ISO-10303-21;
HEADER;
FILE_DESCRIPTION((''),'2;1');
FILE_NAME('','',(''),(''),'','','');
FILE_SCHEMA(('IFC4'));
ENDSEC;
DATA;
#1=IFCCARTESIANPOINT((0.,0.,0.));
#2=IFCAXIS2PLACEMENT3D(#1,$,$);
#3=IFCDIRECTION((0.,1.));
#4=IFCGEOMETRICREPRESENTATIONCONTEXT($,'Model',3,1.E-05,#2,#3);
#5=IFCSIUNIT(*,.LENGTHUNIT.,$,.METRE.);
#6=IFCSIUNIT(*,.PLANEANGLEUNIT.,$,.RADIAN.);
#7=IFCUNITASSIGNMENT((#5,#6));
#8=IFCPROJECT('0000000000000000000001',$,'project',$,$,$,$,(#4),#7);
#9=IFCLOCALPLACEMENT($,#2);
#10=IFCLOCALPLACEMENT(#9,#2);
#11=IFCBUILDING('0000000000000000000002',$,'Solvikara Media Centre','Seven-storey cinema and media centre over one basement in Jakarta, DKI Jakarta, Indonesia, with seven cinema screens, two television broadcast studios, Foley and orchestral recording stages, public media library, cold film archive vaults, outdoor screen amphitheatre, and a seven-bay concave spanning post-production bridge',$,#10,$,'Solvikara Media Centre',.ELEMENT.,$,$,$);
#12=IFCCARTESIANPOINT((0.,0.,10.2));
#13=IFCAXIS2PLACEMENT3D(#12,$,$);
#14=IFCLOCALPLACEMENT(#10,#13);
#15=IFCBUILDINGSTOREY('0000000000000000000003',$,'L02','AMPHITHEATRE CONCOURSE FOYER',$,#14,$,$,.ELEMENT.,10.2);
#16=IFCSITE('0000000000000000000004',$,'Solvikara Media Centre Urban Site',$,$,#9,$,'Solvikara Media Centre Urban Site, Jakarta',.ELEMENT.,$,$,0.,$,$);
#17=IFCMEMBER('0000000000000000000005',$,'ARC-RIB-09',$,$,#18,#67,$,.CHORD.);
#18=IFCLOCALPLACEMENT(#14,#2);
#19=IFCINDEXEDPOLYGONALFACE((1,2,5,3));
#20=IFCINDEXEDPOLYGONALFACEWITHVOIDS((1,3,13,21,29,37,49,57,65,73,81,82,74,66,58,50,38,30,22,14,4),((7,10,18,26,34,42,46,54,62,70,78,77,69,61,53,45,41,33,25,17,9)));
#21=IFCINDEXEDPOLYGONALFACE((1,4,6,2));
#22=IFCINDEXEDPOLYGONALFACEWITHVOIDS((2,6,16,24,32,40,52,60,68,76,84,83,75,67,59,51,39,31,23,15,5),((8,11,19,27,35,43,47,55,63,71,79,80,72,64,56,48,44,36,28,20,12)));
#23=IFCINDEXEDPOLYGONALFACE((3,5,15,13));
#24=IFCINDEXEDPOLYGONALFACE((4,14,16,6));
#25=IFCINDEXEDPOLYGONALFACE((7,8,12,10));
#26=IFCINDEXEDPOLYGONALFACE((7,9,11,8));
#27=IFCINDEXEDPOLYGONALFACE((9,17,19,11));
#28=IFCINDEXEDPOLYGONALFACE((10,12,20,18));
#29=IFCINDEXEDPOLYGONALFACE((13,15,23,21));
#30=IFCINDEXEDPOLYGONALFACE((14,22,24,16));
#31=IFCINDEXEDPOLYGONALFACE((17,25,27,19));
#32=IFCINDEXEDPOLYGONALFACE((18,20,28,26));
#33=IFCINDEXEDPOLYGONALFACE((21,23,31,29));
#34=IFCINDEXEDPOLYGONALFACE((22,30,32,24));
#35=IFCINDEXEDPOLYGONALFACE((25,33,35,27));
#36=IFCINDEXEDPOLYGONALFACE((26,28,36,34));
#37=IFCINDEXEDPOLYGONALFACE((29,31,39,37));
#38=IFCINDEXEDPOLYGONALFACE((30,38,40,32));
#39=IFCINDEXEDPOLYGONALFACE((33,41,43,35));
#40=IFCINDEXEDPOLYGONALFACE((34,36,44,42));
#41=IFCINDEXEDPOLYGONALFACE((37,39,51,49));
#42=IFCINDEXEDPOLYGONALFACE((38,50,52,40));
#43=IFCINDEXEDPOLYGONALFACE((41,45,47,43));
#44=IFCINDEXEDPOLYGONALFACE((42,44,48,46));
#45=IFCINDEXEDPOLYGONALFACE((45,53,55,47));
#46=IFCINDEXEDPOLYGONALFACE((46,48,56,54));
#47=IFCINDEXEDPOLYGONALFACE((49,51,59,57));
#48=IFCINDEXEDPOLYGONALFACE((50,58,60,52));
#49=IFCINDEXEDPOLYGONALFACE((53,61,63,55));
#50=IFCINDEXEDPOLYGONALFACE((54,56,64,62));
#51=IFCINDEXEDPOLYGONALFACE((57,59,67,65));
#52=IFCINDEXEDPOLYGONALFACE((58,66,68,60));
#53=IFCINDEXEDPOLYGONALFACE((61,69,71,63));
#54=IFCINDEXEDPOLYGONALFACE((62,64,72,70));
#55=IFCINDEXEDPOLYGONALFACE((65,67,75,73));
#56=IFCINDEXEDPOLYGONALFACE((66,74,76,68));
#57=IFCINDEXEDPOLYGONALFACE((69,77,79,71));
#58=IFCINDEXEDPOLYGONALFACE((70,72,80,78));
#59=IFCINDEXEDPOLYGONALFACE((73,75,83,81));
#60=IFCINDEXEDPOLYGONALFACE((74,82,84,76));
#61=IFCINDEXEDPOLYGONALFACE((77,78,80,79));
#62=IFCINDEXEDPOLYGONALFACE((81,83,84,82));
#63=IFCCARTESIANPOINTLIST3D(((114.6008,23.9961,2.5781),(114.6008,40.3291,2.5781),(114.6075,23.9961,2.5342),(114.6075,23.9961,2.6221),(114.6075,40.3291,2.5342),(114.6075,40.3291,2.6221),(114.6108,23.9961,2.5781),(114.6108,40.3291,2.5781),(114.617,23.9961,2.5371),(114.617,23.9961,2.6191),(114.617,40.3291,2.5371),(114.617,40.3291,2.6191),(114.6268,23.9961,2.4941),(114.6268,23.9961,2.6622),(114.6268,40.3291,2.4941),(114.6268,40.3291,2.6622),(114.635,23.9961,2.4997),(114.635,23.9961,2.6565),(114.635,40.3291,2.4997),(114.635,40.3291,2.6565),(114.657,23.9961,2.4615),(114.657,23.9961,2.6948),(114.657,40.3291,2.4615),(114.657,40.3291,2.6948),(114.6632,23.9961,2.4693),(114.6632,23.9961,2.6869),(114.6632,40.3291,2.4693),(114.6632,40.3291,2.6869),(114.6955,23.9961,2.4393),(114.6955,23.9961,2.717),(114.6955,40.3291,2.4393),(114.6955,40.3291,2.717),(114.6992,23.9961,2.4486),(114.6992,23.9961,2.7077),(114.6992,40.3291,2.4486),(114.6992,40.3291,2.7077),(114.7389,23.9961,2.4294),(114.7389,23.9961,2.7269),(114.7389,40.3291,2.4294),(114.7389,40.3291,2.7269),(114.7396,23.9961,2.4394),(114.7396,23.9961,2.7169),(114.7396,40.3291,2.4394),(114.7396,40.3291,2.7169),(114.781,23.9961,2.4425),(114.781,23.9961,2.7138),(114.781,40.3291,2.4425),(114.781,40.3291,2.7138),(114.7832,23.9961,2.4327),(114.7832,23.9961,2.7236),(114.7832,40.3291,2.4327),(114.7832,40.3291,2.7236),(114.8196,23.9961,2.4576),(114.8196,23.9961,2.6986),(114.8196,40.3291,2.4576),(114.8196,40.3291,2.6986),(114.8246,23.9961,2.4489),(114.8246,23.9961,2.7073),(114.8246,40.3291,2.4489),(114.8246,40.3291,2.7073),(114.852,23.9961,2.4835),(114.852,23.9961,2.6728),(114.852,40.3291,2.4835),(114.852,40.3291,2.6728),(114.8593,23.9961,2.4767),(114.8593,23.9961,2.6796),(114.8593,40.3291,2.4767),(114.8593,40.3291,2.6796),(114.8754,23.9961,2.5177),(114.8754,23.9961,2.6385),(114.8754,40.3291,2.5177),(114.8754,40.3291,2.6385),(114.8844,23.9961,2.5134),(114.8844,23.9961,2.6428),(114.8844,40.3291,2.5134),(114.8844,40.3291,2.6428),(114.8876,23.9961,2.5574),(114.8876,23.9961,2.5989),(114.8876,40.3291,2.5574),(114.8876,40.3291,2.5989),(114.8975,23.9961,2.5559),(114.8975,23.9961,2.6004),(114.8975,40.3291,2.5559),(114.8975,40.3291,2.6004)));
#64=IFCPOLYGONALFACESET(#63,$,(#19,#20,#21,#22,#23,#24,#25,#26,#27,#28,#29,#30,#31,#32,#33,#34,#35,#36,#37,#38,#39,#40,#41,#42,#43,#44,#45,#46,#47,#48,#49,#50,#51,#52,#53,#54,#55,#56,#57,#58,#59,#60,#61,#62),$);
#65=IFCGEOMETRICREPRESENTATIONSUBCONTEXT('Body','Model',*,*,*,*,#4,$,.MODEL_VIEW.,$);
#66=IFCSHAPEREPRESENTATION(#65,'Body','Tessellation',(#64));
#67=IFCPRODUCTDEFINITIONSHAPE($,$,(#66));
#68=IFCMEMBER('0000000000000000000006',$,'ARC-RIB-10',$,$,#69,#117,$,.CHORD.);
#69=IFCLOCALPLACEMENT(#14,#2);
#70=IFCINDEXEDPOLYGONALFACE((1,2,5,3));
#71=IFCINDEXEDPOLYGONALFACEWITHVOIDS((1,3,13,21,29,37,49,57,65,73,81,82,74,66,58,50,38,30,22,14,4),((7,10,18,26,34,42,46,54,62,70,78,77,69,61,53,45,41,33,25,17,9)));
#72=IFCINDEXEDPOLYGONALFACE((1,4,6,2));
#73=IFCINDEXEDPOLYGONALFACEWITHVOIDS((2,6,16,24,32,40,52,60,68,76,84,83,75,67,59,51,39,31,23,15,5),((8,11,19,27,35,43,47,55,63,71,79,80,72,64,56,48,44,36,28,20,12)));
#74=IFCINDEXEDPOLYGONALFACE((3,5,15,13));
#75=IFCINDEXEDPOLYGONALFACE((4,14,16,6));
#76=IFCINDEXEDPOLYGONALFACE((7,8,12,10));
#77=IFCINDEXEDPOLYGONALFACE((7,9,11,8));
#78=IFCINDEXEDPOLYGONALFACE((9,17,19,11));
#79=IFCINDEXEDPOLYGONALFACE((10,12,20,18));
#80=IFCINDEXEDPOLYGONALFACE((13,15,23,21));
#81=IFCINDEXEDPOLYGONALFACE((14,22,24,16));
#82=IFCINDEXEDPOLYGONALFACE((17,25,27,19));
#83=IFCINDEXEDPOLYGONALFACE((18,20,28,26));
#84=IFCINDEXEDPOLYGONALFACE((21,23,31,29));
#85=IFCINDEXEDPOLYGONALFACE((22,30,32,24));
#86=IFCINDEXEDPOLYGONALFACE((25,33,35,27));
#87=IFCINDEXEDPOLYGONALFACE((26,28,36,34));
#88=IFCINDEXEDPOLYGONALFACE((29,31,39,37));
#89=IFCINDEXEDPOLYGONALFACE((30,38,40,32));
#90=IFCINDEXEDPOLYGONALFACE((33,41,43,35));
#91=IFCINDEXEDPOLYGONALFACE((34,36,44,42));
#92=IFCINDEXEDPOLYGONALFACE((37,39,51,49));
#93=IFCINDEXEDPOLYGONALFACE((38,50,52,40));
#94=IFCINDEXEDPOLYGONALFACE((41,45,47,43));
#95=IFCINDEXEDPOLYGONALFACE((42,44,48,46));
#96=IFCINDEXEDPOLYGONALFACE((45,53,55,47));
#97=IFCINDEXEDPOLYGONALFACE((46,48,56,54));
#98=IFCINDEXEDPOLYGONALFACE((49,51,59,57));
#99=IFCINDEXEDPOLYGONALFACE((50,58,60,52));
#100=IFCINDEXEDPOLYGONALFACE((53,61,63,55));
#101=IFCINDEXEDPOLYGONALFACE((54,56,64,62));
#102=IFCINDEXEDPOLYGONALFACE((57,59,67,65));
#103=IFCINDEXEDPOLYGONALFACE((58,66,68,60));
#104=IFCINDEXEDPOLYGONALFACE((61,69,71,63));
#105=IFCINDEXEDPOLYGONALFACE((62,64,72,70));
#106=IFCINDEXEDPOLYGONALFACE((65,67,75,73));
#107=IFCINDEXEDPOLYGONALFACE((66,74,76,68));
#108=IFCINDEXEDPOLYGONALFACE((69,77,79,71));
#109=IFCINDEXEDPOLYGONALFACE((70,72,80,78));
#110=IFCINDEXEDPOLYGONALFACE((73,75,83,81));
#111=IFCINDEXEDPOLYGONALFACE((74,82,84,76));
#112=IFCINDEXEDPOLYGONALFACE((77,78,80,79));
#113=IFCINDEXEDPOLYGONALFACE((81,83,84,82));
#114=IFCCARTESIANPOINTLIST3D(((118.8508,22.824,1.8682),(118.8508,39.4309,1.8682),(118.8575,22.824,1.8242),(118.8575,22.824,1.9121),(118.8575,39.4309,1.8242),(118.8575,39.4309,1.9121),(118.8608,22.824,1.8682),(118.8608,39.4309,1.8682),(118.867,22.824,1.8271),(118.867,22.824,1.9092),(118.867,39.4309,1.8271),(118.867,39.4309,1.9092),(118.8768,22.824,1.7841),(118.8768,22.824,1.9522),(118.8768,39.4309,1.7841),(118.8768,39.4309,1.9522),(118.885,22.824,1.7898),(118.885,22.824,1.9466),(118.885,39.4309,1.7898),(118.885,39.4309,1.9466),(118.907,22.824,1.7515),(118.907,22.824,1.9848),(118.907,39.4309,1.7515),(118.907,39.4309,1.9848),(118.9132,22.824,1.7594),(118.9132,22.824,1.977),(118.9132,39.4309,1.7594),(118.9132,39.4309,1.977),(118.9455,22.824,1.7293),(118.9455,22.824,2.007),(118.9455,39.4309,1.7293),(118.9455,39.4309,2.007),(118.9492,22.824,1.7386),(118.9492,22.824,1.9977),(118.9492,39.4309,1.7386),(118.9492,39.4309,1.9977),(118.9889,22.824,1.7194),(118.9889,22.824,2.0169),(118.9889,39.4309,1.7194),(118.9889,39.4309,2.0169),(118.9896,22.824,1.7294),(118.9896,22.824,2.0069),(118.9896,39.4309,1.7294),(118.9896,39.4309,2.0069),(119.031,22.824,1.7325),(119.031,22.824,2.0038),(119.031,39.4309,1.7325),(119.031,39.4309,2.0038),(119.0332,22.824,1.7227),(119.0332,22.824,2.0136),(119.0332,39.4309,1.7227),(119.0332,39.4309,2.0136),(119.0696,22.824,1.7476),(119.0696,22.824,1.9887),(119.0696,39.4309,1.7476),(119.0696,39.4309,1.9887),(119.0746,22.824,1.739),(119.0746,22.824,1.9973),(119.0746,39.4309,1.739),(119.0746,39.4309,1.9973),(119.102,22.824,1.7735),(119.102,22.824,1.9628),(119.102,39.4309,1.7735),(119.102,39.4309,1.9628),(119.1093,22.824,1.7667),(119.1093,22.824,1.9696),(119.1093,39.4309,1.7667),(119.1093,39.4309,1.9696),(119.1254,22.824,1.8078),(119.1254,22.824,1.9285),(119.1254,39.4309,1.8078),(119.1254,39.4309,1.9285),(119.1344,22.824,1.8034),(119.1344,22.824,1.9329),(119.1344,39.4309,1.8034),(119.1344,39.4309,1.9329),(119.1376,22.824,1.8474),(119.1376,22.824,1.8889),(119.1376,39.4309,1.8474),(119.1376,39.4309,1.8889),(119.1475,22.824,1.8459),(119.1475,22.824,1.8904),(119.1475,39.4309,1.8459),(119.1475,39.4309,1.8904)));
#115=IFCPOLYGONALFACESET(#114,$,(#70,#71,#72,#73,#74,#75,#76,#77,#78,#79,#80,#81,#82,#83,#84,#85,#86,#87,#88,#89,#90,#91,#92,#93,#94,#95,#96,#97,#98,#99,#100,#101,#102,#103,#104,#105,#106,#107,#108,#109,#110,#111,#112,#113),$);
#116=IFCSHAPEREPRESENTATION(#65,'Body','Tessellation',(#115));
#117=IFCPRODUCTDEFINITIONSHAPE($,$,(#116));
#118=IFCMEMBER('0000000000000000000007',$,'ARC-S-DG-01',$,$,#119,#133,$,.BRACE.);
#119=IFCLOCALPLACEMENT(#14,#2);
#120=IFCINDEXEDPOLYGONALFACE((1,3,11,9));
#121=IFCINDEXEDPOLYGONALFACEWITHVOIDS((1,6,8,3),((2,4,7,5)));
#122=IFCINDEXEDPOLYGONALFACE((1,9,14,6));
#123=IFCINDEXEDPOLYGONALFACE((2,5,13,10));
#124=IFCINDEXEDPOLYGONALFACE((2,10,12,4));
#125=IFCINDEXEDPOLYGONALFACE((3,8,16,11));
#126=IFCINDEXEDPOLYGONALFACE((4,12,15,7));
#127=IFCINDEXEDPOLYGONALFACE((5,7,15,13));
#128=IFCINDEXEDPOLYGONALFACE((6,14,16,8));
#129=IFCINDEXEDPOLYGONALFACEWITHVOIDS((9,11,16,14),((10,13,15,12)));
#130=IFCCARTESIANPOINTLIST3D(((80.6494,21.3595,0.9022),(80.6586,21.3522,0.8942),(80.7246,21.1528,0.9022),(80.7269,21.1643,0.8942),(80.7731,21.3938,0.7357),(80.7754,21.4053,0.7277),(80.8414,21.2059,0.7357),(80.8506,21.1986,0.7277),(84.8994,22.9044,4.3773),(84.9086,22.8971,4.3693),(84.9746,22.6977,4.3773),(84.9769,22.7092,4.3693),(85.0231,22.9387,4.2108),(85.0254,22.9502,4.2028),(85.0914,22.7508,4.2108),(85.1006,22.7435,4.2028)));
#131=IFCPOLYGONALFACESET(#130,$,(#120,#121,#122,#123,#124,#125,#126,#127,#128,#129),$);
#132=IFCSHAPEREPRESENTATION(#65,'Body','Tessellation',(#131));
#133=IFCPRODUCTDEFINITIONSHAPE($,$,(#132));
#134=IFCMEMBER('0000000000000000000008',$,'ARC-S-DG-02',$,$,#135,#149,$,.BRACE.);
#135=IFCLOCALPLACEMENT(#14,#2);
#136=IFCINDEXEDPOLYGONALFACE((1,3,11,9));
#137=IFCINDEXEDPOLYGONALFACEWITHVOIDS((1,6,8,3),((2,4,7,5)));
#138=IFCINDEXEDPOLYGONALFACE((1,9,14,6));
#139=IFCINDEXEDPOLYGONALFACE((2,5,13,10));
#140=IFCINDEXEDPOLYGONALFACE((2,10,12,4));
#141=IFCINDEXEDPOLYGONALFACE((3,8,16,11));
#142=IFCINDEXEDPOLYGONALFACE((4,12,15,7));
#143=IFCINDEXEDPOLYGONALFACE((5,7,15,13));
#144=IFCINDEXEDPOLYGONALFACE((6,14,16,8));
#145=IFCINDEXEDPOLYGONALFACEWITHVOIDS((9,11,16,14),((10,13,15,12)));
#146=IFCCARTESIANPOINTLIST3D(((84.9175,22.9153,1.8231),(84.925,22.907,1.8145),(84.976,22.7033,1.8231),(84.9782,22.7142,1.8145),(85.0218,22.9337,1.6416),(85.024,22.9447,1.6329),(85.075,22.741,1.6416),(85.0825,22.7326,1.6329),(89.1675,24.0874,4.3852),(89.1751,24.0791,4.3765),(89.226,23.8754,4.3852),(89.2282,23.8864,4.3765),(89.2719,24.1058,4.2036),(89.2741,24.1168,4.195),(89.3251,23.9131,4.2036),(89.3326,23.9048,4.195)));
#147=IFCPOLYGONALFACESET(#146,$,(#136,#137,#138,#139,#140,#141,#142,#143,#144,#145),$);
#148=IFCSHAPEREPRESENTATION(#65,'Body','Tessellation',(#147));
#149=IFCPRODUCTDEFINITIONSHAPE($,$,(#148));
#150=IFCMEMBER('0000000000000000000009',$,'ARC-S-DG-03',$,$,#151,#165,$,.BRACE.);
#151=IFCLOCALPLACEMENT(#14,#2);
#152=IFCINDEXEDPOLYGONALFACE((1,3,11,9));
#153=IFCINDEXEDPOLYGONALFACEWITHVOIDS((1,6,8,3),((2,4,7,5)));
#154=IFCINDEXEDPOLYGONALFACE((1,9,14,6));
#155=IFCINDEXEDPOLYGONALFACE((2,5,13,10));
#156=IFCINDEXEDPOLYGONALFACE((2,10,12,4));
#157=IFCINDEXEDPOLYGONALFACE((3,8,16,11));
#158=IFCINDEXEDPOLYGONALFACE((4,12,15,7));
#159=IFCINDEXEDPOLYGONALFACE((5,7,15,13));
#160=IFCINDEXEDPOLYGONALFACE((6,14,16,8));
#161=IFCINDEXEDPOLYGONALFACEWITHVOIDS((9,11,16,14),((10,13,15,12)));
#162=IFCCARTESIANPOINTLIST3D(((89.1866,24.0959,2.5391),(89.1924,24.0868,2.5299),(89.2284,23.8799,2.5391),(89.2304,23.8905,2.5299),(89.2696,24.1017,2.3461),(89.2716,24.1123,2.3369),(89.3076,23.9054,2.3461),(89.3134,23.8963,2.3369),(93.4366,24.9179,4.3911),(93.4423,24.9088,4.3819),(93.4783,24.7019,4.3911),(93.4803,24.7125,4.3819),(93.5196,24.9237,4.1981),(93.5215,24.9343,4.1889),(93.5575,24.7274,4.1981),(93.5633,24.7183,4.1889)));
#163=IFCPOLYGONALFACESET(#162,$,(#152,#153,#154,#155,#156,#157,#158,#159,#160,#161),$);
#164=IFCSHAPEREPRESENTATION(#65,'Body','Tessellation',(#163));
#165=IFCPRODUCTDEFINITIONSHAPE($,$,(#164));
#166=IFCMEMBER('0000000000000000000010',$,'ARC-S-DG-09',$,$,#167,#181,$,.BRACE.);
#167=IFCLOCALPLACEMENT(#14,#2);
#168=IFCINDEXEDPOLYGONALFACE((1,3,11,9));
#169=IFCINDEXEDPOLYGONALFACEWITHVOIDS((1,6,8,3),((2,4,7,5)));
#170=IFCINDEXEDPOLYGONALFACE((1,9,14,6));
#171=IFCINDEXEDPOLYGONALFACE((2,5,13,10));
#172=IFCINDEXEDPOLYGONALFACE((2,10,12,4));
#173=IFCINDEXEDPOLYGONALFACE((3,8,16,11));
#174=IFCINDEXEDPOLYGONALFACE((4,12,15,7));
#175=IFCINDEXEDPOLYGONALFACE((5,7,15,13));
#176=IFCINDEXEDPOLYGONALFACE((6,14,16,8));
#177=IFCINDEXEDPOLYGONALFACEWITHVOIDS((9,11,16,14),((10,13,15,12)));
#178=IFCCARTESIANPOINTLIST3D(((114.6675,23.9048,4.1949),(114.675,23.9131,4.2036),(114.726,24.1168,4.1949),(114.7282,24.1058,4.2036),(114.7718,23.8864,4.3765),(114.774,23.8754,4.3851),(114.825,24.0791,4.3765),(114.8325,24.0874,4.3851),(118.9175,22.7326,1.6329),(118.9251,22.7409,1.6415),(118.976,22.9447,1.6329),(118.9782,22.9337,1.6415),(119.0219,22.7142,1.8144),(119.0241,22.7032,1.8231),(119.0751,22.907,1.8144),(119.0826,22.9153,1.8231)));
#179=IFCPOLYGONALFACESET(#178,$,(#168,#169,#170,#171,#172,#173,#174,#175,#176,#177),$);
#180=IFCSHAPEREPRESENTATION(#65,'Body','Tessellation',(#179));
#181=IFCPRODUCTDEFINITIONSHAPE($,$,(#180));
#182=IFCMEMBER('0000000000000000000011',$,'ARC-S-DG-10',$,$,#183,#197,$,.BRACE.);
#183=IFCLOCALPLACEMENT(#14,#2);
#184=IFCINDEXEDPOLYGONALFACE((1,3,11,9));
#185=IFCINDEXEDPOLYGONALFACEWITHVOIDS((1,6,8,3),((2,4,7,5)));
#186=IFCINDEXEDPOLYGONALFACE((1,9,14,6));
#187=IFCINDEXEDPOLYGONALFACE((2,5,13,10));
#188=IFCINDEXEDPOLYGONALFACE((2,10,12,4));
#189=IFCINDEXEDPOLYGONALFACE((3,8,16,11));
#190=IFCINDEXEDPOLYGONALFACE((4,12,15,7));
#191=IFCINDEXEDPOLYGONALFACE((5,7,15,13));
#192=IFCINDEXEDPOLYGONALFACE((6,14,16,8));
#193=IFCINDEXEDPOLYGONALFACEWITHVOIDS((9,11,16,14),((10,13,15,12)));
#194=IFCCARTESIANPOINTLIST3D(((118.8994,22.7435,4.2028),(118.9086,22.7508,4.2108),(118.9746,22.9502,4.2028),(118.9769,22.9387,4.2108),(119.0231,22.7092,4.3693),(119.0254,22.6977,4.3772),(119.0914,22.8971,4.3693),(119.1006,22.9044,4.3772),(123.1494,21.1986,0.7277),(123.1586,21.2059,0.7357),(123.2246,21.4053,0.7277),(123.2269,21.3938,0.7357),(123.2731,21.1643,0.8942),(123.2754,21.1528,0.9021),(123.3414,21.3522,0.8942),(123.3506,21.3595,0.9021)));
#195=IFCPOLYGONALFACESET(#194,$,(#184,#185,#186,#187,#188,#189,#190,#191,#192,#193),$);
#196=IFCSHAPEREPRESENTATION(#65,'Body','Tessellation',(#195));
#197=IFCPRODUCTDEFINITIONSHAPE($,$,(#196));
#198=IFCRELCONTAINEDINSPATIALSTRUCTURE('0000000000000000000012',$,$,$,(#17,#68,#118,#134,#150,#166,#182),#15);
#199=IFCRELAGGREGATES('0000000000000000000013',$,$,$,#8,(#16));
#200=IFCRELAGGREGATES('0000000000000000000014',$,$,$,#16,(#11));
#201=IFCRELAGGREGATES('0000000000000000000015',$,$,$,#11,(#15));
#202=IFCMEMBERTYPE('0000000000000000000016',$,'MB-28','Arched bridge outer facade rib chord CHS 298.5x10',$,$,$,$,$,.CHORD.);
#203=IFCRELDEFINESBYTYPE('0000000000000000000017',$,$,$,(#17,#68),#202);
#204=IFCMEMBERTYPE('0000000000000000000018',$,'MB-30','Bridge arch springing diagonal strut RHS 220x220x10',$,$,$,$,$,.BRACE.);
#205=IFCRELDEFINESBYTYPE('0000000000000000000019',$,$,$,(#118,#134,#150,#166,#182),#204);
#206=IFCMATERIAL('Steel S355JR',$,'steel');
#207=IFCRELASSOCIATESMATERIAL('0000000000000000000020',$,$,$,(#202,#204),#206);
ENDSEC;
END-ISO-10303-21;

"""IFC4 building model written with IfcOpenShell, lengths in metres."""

from ifc_helpers import new_model, si_unit, direction, frame, origin, origin_2d, place, context, subcontext, project, spatial, hollow_rectangle, hollow_circle, extrude, material, material_profile, profile_set, type_object, element, save


model = new_model("IFC4")

# Units and contexts
model_context = context("Model", 3, precision=1e-05, world=origin(), true_north=direction((0.0, 1.0)))
body_context = subcontext(model_context, "Body", "Model", "MODEL_VIEW")
ifc_project = project(units=[si_unit("LENGTHUNIT", "METRE"), si_unit("PLANEANGLEUNIT", "RADIAN")], contexts=[model_context])

# Site, building, storey
site_placement = place(None, origin())
site = spatial("IfcSite", under=ifc_project, at=site_placement, Name="Solvikara Media Centre Urban Site", LongName="Solvikara Media Centre Urban Site, Jakarta", CompositionType="ELEMENT", RefElevation=0.0)
building_placement = place(site_placement, origin())
building = spatial("IfcBuilding", under=site, at=building_placement, Name="Solvikara Media Centre", Description="Seven-storey cinema and media centre over one basement in Jakarta, DKI Jakarta, Indonesia, with seven cinema screens, two television broadcast studios, Foley and orchestral recording stages, public media library, cold film archive vaults, outdoor screen amphitheatre, and a seven-bay concave spanning post-production bridge", LongName="Solvikara Media Centre", CompositionType="ELEMENT")
storey_placement = place(building_placement, frame((0.0, 0.0, 10.2)))
storey = spatial("IfcBuildingStorey", under=building, at=storey_placement, Name="L02", Description="AMPHITHEATRE CONCOURSE FOYER", CompositionType="ELEMENT", Elevation=10.2)

# Members
ifc_material_1 = material(Name="Steel S355JR", Category="steel")
ifc_material_profile_1 = material_profile(ifc_material_1, hollow_circle(Radius=0.1492, WallThickness=0.01, at=origin_2d()), Name="CHS 298.5x10")
ifc_profile_set_1 = profile_set([ifc_material_profile_1], Name="Steel S355JR")
member_type_1 = type_object("IfcMemberType", Name="MB-28", Description="Arched bridge outer facade rib chord CHS 298.5x10", PredefinedType="CHORD", material=ifc_profile_set_1)
for number, where, z_axis, x_axis, name in (
    (1, (114.75, 23.9961, 2.5781), (0.0, 1.0, 0.0), (-1.0, 0.0, 0.0), "ARC-RIB-09"),
):
    element("IfcMember", number, at=place(storey_placement, frame(where, z_axis=z_axis, x_axis=x_axis)), inside=storey, type_object=member_type_1, Name=name, PredefinedType="CHORD", context=body_context, shape_type="SweptSolid", body=[
        extrude(hollow_circle(Radius=0.1492, WallThickness=0.01, at=origin_2d()), origin(), (0.0, 0.0, 1.0), 16.333),
    ])
member_1_placement = place(storey_placement, frame((119.0, 22.824, 1.8682), z_axis=(0.0, 1.0, 0.0), x_axis=(-1.0, 0.0, 0.0)))
element("IfcMember", 2, at=member_1_placement, inside=storey, type_object=member_type_1, Name="ARC-RIB-10", PredefinedType="CHORD", context=body_context, shape_type="SweptSolid", body=[
    extrude(hollow_circle(Radius=0.1492, WallThickness=0.01, at=origin_2d()), origin(), (0.0, 0.0, 1.0), 16.6069),
])
ifc_material_profile_2 = material_profile(ifc_material_1, hollow_rectangle(XDim=0.22, YDim=0.22, WallThickness=0.01, at=origin_2d()), Name="RHS 220x220x10")
ifc_profile_set_2 = profile_set([ifc_material_profile_2], Name="Steel S355JR")
member_type_2 = type_object("IfcMemberType", Name="MB-30", Description="Bridge arch springing diagonal strut RHS 220x220x10", PredefinedType="BRACE", material=ifc_profile_set_2)
member_2_placement = place(storey_placement, frame((80.75, 21.2791, 0.8149), z_axis=(0.745206, 0.270891, 0.609333), x_axis=(-0.341639, 0.939831, 0.0)))
element("IfcMember", 3, at=member_2_placement, inside=storey, type_object=member_type_2, Name="ARC-S-DG-01", PredefinedType="BRACE", context=body_context, shape_type="SweptSolid", body=[
    extrude(hollow_rectangle(XDim=0.22, YDim=0.22, WallThickness=0.01, at=origin_2d()), origin(), (0.0, 0.0, 1.0), 5.7031),
])
member_3_placement = place(storey_placement, frame((85.0, 22.824, 1.728), z_axis=(0.833489, 0.22987, 0.502449), x_axis=(-0.265867, 0.96401, 0.0)))
element("IfcMember", 4, at=member_3_placement, inside=storey, type_object=member_type_2, Name="ARC-S-DG-02", PredefinedType="BRACE", context=body_context, shape_type="SweptSolid", body=[
    extrude(hollow_rectangle(XDim=0.22, YDim=0.22, WallThickness=0.01, at=origin_2d()), origin(), (0.0, 0.0, 1.0), 5.0991),
])
member_4_placement = place(storey_placement, frame((89.25, 23.9961, 2.438), z_axis=(0.902657, 0.174589, 0.393357), x_axis=(-0.189897, 0.981804, 0.0)))
element("IfcMember", 5, at=member_4_placement, inside=storey, type_object=member_type_2, Name="ARC-S-DG-03", PredefinedType="BRACE", context=body_context, shape_type="SweptSolid", body=[
    extrude(hollow_rectangle(XDim=0.22, YDim=0.22, WallThickness=0.01, at=origin_2d()), origin(), (0.0, 0.0, 1.0), 4.7083),
])
member_5_placement = place(storey_placement, frame((114.75, 23.9961, 4.29), z_axis=(0.833489, -0.22987, -0.502449), x_axis=(0.265867, 0.96401, 0.0)))
element("IfcMember", 6, at=member_5_placement, inside=storey, type_object=member_type_2, Name="ARC-S-DG-09", PredefinedType="BRACE", context=body_context, shape_type="SweptSolid", body=[
    extrude(hollow_rectangle(XDim=0.22, YDim=0.22, WallThickness=0.01, at=origin_2d()), origin(), (0.0, 0.0, 1.0), 5.0991),
])
member_6_placement = place(storey_placement, frame((119.0, 22.824, 4.29), z_axis=(0.745206, -0.270891, -0.609333), x_axis=(0.341639, 0.939831, 0.0)))
element("IfcMember", 7, at=member_6_placement, inside=storey, type_object=member_type_2, Name="ARC-S-DG-10", PredefinedType="BRACE", context=body_context, shape_type="SweptSolid", body=[
    extrude(hollow_rectangle(XDim=0.22, YDim=0.22, WallThickness=0.01, at=origin_2d()), origin(), (0.0, 0.0, 1.0), 5.7031),
])

save(model, "model.ifc")
